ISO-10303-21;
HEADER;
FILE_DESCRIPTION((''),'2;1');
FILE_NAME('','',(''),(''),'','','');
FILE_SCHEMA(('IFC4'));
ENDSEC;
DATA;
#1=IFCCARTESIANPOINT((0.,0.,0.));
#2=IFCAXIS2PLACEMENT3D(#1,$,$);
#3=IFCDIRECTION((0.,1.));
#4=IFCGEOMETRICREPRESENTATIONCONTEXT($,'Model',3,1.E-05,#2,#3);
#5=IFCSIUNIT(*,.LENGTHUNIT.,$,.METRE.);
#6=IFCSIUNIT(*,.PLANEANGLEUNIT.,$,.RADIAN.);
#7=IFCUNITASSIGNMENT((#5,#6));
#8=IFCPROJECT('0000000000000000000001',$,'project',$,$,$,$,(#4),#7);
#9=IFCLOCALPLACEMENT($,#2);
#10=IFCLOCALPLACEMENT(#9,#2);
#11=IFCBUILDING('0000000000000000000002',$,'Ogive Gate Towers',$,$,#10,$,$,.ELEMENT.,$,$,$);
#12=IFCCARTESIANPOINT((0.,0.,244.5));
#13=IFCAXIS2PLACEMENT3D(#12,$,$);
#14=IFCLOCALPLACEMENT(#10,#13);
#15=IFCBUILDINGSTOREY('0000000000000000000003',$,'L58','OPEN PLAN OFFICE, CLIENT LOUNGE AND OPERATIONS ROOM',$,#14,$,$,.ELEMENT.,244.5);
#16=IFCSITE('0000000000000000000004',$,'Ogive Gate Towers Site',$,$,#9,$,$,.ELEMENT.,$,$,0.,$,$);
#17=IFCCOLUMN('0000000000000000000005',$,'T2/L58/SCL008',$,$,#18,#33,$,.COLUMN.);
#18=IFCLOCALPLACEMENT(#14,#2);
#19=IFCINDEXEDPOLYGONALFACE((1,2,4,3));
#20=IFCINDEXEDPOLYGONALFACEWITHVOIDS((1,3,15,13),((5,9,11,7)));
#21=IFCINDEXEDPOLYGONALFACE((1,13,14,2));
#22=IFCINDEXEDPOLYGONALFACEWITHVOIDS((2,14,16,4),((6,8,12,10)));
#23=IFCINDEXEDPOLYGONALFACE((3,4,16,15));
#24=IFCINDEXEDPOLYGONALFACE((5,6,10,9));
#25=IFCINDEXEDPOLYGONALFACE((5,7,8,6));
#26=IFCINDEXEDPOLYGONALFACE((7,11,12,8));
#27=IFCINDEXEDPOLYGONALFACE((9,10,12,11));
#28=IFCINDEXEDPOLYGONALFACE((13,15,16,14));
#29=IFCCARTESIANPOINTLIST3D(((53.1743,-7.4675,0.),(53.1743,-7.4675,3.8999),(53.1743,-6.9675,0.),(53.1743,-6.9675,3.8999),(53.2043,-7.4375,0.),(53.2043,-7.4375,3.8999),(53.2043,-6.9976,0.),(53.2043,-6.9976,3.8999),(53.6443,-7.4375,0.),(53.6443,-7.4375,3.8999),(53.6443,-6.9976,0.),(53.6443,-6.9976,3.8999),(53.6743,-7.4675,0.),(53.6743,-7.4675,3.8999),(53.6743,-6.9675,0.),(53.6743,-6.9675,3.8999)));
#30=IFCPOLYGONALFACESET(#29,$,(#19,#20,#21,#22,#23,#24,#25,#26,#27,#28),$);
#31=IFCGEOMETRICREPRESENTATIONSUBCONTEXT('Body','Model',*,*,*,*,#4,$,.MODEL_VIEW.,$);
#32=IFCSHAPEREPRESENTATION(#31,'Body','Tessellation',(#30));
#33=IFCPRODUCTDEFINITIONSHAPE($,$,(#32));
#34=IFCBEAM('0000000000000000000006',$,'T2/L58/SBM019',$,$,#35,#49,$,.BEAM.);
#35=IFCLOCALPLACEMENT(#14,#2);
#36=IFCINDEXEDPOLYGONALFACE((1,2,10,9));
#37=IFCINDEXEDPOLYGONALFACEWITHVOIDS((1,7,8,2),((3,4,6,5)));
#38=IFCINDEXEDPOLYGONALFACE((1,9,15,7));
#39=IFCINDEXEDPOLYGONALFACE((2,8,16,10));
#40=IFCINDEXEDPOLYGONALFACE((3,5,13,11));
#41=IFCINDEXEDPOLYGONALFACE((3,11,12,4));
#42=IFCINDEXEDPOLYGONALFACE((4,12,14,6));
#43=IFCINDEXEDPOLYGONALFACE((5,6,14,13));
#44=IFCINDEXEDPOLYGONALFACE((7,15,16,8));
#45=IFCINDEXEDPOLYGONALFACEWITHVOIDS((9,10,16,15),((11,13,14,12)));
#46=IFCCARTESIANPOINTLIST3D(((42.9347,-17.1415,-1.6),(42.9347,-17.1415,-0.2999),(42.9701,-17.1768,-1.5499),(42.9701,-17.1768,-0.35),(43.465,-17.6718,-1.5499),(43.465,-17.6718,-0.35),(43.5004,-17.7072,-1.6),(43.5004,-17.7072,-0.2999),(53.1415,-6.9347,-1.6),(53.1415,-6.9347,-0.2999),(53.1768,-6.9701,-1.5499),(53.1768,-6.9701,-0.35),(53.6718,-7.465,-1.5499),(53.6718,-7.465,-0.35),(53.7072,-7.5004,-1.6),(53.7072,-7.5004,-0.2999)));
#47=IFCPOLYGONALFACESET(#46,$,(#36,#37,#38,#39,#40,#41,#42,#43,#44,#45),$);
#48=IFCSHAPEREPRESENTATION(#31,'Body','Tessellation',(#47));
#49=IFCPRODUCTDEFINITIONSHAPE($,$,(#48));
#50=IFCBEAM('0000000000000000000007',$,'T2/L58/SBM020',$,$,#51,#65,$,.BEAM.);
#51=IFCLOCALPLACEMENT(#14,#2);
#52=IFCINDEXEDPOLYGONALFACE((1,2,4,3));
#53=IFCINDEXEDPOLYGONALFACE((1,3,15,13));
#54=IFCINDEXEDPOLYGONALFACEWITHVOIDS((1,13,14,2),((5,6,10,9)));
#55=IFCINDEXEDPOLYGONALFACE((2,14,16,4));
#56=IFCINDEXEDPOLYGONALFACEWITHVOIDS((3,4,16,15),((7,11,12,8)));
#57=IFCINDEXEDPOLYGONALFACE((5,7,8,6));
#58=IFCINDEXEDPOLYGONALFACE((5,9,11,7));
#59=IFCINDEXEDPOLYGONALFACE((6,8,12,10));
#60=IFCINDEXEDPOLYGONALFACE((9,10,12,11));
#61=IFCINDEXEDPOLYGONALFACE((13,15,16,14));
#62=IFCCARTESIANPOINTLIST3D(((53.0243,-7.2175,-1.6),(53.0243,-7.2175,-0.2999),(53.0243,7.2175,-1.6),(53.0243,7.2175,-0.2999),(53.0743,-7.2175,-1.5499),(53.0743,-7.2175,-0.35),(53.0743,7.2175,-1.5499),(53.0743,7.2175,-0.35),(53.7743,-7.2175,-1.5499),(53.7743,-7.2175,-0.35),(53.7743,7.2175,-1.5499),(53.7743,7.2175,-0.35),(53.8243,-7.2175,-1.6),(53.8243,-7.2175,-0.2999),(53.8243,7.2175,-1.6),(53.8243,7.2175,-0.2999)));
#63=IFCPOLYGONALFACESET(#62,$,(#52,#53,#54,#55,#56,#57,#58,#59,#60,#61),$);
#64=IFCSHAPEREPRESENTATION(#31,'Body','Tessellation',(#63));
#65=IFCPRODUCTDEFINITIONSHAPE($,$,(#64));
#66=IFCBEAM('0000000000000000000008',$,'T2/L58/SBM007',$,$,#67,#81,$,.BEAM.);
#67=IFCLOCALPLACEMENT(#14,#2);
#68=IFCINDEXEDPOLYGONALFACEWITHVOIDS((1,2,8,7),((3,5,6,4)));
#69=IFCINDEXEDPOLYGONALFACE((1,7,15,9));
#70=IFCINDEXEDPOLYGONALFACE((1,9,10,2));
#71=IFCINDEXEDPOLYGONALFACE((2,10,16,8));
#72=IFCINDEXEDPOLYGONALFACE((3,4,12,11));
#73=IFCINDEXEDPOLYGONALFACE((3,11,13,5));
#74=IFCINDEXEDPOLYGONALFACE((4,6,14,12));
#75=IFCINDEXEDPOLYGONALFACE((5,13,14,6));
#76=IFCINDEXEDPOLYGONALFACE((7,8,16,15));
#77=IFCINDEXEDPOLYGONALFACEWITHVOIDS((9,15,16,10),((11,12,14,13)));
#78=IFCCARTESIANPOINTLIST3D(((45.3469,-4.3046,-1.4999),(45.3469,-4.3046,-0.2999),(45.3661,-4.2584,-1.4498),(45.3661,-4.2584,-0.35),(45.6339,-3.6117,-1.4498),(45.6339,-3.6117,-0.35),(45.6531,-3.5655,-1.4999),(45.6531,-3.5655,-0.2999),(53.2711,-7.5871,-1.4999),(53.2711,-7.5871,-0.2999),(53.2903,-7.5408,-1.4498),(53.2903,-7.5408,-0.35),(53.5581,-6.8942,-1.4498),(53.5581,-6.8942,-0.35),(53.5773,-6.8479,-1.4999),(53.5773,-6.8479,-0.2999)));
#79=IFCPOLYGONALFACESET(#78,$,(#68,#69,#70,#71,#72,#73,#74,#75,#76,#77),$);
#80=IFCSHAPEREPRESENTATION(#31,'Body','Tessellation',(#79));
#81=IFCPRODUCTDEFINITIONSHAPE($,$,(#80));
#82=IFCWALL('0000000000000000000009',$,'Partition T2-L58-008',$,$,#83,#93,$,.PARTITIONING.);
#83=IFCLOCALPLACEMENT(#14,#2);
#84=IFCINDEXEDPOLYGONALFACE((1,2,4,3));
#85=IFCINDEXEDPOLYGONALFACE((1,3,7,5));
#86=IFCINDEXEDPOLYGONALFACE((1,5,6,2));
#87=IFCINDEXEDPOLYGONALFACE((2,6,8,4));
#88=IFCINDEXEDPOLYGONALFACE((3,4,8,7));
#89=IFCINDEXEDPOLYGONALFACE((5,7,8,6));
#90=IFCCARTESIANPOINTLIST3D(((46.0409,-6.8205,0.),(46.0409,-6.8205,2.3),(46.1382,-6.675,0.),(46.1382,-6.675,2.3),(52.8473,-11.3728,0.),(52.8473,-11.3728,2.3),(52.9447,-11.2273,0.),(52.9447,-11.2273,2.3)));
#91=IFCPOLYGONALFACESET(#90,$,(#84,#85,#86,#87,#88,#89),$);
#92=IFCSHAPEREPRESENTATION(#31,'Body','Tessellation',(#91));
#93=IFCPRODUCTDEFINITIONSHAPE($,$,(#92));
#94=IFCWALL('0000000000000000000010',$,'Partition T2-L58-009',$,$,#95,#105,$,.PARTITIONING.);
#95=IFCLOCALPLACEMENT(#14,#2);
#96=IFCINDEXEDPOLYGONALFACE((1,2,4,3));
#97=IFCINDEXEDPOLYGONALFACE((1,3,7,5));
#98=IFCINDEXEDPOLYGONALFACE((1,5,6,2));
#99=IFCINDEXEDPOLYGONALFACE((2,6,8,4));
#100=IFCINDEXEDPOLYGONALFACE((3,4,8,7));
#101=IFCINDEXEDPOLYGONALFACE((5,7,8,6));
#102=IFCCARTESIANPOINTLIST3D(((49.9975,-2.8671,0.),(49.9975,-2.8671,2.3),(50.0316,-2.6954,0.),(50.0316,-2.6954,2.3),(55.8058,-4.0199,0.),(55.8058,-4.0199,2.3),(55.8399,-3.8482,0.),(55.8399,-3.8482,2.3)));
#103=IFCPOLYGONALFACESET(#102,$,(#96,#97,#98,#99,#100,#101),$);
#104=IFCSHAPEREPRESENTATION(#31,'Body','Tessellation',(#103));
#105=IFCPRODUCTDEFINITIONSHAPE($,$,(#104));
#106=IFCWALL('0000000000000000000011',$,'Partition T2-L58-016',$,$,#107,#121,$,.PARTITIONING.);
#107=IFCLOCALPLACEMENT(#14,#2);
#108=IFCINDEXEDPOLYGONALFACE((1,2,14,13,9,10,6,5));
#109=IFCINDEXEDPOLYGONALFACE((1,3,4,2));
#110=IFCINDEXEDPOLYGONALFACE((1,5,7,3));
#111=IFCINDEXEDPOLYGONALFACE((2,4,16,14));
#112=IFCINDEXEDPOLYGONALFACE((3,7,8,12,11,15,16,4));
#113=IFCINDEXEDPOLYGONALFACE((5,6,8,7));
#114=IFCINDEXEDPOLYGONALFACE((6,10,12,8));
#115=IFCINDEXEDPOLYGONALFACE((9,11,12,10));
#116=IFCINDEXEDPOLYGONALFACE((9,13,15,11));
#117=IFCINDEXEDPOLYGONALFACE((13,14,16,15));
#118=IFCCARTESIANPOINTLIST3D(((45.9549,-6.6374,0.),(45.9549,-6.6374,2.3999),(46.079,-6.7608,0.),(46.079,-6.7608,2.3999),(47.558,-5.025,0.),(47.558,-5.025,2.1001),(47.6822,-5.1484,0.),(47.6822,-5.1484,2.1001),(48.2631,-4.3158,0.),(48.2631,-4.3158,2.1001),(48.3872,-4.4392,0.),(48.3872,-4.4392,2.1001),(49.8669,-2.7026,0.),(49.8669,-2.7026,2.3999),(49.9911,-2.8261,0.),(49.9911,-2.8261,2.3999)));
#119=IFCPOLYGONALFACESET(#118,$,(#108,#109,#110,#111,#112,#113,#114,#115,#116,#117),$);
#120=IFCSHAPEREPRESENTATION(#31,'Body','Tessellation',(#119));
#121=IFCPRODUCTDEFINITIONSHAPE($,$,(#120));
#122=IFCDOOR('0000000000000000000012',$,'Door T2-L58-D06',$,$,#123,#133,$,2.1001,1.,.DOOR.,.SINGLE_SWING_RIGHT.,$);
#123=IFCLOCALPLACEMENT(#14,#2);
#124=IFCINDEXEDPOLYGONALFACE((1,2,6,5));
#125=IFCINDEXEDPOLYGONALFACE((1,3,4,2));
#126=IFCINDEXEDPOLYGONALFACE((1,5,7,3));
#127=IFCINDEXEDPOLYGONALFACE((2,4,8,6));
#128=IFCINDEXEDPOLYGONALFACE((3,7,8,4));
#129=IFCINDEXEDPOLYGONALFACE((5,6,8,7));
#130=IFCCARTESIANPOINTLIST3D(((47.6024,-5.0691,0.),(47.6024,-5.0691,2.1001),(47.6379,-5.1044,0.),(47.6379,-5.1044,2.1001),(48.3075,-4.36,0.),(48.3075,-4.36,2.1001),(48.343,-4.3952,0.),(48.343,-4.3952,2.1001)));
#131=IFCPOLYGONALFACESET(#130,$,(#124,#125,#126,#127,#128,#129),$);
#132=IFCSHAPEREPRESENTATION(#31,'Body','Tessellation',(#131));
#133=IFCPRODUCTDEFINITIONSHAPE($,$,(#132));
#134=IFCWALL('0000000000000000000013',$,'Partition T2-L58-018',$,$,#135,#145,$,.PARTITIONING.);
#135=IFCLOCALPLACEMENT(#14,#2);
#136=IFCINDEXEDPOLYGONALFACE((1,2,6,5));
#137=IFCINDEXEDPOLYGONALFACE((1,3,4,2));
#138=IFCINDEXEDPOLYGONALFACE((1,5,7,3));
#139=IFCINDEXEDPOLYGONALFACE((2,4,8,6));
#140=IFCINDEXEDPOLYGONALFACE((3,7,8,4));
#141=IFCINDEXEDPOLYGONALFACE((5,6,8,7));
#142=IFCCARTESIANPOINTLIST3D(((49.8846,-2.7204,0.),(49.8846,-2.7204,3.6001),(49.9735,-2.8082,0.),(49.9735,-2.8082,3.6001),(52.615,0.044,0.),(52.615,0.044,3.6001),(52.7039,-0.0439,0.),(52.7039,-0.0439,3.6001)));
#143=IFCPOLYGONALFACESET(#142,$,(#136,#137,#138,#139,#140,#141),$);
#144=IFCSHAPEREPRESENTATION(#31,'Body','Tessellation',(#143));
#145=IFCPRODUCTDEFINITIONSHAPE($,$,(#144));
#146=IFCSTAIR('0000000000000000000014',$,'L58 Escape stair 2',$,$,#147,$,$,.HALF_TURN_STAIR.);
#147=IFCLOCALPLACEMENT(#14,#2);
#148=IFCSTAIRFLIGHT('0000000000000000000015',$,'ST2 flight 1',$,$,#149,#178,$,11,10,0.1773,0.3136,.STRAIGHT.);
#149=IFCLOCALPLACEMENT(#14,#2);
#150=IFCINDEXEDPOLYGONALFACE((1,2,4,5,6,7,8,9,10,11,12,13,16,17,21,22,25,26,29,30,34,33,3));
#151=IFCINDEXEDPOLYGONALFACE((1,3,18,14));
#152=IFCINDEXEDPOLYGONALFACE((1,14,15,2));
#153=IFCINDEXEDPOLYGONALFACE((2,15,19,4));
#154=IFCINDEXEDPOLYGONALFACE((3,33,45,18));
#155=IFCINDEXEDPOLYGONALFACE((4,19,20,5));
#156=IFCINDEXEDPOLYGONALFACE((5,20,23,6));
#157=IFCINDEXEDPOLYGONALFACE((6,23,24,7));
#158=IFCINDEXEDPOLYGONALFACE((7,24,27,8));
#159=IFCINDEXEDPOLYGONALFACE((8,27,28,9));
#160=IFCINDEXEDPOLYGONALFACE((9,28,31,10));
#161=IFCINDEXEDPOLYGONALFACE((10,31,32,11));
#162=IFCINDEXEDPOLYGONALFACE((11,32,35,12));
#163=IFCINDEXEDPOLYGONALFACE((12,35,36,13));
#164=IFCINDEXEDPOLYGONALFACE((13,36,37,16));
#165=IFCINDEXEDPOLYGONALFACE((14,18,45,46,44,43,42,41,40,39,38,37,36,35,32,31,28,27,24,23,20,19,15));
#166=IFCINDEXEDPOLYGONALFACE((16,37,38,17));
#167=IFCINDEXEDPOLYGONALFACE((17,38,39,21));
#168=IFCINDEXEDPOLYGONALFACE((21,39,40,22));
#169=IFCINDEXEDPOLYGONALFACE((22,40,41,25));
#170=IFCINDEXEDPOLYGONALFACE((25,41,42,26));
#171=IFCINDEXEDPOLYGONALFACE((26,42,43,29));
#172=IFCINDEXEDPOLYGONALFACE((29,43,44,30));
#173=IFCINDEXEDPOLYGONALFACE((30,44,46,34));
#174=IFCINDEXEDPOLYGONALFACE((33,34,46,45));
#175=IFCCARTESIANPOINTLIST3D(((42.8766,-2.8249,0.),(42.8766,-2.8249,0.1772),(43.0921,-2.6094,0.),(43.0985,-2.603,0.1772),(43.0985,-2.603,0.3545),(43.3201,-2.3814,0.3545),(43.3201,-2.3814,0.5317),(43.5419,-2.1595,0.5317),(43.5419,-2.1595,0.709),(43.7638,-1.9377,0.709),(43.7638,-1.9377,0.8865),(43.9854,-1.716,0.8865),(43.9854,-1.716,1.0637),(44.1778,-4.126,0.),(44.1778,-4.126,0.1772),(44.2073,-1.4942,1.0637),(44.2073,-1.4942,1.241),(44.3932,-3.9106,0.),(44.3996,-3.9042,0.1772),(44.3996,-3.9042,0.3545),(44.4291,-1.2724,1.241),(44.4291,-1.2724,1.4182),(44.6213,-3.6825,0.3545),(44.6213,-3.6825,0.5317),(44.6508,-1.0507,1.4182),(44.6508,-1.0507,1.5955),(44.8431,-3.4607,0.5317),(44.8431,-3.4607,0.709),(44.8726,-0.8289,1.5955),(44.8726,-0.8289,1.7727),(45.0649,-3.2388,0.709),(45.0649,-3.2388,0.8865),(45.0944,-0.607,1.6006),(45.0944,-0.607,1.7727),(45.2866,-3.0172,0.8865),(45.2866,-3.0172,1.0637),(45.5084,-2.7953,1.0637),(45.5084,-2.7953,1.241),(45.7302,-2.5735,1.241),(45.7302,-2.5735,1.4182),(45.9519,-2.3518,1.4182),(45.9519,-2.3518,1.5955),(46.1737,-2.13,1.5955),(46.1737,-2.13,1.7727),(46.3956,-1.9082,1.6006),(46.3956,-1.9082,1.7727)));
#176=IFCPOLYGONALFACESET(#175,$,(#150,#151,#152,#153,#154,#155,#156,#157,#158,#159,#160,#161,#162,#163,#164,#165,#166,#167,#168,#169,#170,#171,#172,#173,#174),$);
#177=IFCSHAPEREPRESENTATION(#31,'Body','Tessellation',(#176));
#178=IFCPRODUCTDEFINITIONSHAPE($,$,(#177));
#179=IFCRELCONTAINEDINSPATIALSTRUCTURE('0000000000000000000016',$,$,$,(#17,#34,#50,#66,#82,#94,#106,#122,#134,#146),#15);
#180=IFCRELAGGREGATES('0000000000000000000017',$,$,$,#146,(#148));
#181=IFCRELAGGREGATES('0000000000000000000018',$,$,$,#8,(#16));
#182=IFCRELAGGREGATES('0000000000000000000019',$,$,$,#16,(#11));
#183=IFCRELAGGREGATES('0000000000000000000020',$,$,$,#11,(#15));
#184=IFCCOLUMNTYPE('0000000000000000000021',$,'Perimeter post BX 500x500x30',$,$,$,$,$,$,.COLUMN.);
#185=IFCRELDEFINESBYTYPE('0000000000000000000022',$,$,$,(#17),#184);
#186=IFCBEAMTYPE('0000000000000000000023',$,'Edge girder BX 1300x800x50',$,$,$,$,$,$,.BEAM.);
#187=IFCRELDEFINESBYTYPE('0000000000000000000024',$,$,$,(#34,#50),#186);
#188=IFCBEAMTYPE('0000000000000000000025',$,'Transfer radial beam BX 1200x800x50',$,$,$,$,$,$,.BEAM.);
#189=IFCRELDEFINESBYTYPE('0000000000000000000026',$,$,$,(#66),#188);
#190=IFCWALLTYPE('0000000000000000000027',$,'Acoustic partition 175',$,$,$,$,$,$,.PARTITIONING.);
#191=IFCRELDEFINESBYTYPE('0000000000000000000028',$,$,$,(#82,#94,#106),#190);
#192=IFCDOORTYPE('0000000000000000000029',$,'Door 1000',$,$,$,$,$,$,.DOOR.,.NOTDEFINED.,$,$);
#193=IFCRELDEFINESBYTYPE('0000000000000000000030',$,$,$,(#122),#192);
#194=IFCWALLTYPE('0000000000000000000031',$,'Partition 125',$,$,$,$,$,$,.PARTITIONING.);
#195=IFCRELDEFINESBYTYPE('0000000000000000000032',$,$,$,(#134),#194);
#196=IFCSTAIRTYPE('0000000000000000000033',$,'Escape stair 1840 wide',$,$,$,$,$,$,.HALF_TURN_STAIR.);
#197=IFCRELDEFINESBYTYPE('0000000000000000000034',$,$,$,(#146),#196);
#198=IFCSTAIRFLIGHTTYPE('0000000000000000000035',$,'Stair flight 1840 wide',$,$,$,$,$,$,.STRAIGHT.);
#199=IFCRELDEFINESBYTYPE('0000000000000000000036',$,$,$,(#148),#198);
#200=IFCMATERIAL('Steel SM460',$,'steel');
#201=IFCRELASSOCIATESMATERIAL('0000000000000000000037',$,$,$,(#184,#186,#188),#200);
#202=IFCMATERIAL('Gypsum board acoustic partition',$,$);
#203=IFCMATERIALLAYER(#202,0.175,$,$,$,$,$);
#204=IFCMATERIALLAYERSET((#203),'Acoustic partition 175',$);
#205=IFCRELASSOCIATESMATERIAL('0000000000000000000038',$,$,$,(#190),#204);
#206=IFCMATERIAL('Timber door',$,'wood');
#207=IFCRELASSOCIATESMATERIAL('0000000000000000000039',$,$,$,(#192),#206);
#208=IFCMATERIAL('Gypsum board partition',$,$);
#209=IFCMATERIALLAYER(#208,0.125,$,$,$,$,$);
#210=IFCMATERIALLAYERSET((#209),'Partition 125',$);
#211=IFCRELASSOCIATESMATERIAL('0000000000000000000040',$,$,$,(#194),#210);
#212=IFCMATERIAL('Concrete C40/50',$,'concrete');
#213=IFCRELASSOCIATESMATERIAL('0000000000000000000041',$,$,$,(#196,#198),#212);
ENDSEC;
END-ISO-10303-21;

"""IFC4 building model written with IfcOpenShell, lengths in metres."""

from ifc_helpers import new_model, si_unit, direction, frame, frame_2d, origin, origin_2d, place, context, subcontext, project, spatial, polyline, rectangle, hollow_rectangle, outline, extrude, material, layer, layer_set, material_profile, profile_set, type_object, element, fill, aggregate, save


model = new_model("IFC4")

# Units and contexts
model_context = context("Model", 3, precision=1e-05, world=origin(), true_north=direction((0.0, 1.0)))
body_context = subcontext(model_context, "Body", "Model", "MODEL_VIEW")
ifc_project = project(units=[si_unit("LENGTHUNIT", "METRE"), si_unit("PLANEANGLEUNIT", "RADIAN")], contexts=[model_context])

# Site, building, storey
site_placement = place(None, origin())
site = spatial("IfcSite", under=ifc_project, at=site_placement, Name="Ogive Gate Towers Site", CompositionType="ELEMENT", RefElevation=0.0)
building_placement = place(site_placement, origin())
building = spatial("IfcBuilding", under=site, at=building_placement, Name="Ogive Gate Towers", CompositionType="ELEMENT")
storey_placement = place(building_placement, frame((0.0, 0.0, 244.5)))
storey = spatial("IfcBuildingStorey", under=building, at=storey_placement, Name="L58", Description="OPEN PLAN OFFICE, CLIENT LOUNGE AND OPERATIONS ROOM", CompositionType="ELEMENT", Elevation=244.5)

# Column
ifc_material_1 = material(Name="Steel SM460", Category="steel")
ifc_material_profile_1 = material_profile(ifc_material_1, hollow_rectangle(XDim=0.5, YDim=0.5, WallThickness=0.03, at=origin_2d()), Name="BX 500x500x30")
ifc_profile_set_1 = profile_set([ifc_material_profile_1], Name="Steel SM460")
column_type = type_object("IfcColumnType", Name="Perimeter post BX 500x500x30", PredefinedType="COLUMN", material=ifc_profile_set_1)
column_placement = place(storey_placement, frame((53.4243, -7.2175, 0.0), z_axis=(0.0, 0.0, 1.0), x_axis=(1.0, 0.0, 0.0)))
element("IfcColumn", 1, at=column_placement, inside=storey, type_object=column_type, Name="T2/L58/SCL008", PredefinedType="COLUMN", context=body_context, shape_type="SweptSolid", body=[
    extrude(hollow_rectangle(XDim=0.5, YDim=0.5, WallThickness=0.03, at=origin_2d()), origin(), (0.0, 0.0, 1.0), 3.8999),
])

# Beams
ifc_material_profile_2 = material_profile(ifc_material_1, hollow_rectangle(XDim=0.8, YDim=1.3, WallThickness=0.05, at=origin_2d()), Name="BX 1300x800x50")
ifc_profile_set_2 = profile_set([ifc_material_profile_2], Name="Steel SM460")
beam_type_1 = type_object("IfcBeamType", Name="Edge girder BX 1300x800x50", PredefinedType="BEAM", material=ifc_profile_set_2)
beam_1_placement = place(storey_placement, frame((43.2175, -17.4243, -0.95), z_axis=(0.707107, 0.707107, 0.0), x_axis=(-0.707107, 0.707107, 0.0)))
element("IfcBeam", 2, at=beam_1_placement, inside=storey, type_object=beam_type_1, Name="T2/L58/SBM019", PredefinedType="BEAM", context=body_context, shape_type="SweptSolid", body=[
    extrude(hollow_rectangle(XDim=0.8, YDim=1.3, WallThickness=0.05, at=origin_2d()), origin(), (0.0, 0.0, 1.0), 14.4346),
])
beam_2_placement = place(storey_placement, frame((53.4243, -7.2175, -0.95), z_axis=(0.0, 1.0, 0.0), x_axis=(-1.0, 0.0, 0.0)))
element("IfcBeam", 3, at=beam_2_placement, inside=storey, type_object=beam_type_1, Name="T2/L58/SBM020", PredefinedType="BEAM", context=body_context, shape_type="SweptSolid", body=[
    extrude(hollow_rectangle(XDim=0.8, YDim=1.3, WallThickness=0.05, at=origin_2d()), origin(), (0.0, 0.0, 1.0), 14.4351),
])
ifc_material_profile_3 = material_profile(ifc_material_1, hollow_rectangle(XDim=0.8, YDim=1.2, WallThickness=0.05, at=origin_2d()), Name="BX 1200x800x50")
ifc_profile_set_3 = profile_set([ifc_material_profile_3], Name="Steel SM460")
beam_type_2 = type_object("IfcBeamType", Name="Transfer radial beam BX 1200x800x50", PredefinedType="BEAM", material=ifc_profile_set_3)
beam_3_placement = place(storey_placement, frame((45.5, -3.9351, -0.8999), z_axis=(0.923875, -0.382695, 0.0), x_axis=(0.382695, 0.923875, 0.0)))
element("IfcBeam", 4, at=beam_3_placement, inside=storey, type_object=beam_type_2, Name="T2/L58/SBM007", PredefinedType="BEAM", context=body_context, shape_type="SweptSolid", body=[
    extrude(hollow_rectangle(XDim=0.8, YDim=1.2, WallThickness=0.05, at=origin_2d()), origin(), (0.0, 0.0, 1.0), 8.5771),
])

# Walls
ifc_material_2 = material(Name="Gypsum board acoustic partition")
ifc_layer_1 = layer(ifc_material_2, 0.175)
ifc_layer_set_1 = layer_set([ifc_layer_1], Name="Acoustic partition 175")
wall_type_1 = type_object("IfcWallType", Name="Acoustic partition 175", PredefinedType="PARTITIONING", material=ifc_layer_set_1)
wall_1_placement = place(storey_placement, frame((52.896, -11.3, 0.0), z_axis=(0.0, 0.0, 1.0), x_axis=(-0.831224, 0.555938, 0.0)))
element("IfcWall", 5, at=wall_1_placement, inside=storey, type_object=wall_type_1, Name="Partition T2-L58-008", PredefinedType="PARTITIONING", context=body_context, shape_type="SweptSolid", body=[
    extrude(rectangle(XDim=8.1885, YDim=0.175, at=frame_2d((4.0942, 0.0))), origin(), (0.0, 0.0, 1.0), 2.3),
])
wall_2_placement = place(storey_placement, frame((55.823, -3.9341, 0.0), z_axis=(0.0, 0.0, 1.0), x_axis=(-0.980867, 0.194681, 0.0)))
element("IfcWall", 6, at=wall_2_placement, inside=storey, type_object=wall_type_1, Name="Partition T2-L58-009", PredefinedType="PARTITIONING", context=body_context, shape_type="SweptSolid", body=[
    extrude(rectangle(XDim=5.9216, YDim=0.175, at=frame_2d((2.9609, 0.0))), origin(), (0.0, 0.0, 1.0), 2.3),
])

# Wall, opening, door
wall_3_placement = place(storey_placement, frame((46.0168, -6.6992, 0.0), z_axis=(0.0, 0.0, 1.0), x_axis=(0.705058, 0.70915, 0.0)))
wall_3 = element("IfcWall", 7, at=wall_3_placement, inside=storey, type_object=wall_type_1, Name="Partition T2-L58-016", PredefinedType="PARTITIONING", context=body_context, shape_type="SweptSolid", body=[
    extrude(rectangle(XDim=5.5486, YDim=0.175, at=frame_2d((2.7744, 0.0))), origin(), (0.0, 0.0, 1.0), 2.3999),
])
opening_placement = place(wall_3_placement, frame((2.2739, 0.0, 0.0)))
opening = element("IfcOpeningElement", 8, at=opening_placement, cuts=wall_3, PredefinedType="OPENING", context=body_context, shape_type="SweptSolid", body=[
    extrude(rectangle(XDim=1.0, YDim=2.1001, at=frame_2d((0.5, 1.05))), frame((0.0, 0.0977, 0.0), z_axis=(0.0, -1.0, 0.0), x_axis=(1.0, 0.0, 0.0)), (0.0, 0.0, 1.0), 0.1951),
])
ifc_material_3 = material(Name="Timber door", Category="wood")
door_type = type_object("IfcDoorType", Name="Door 1000", OperationType="NOTDEFINED", PredefinedType="DOOR", material=ifc_material_3)
door_placement = place(opening_placement, origin())
door = element("IfcDoor", 9, at=door_placement, inside=storey, type_object=door_type, Name="Door T2-L58-D06", OperationType="SINGLE_SWING_RIGHT", OverallHeight=2.1001, OverallWidth=1.0, PredefinedType="DOOR", context=body_context, shape_type="SweptSolid", body=[
    extrude(rectangle(XDim=1.0, YDim=2.1001, at=frame_2d((0.5, 1.05))), frame((0.0, 0.0249, 0.0), z_axis=(0.0, -1.0, 0.0), x_axis=(1.0, 0.0, 0.0)), (0.0, 0.0, 1.0), 0.05),
])
fill(opening, door)

# Wall
ifc_material_4 = material(Name="Gypsum board partition")
ifc_layer_2 = layer(ifc_material_4, 0.125)
ifc_layer_set_2 = layer_set([ifc_layer_2], Name="Partition 125")
wall_type_2 = type_object("IfcWallType", Name="Partition 125", PredefinedType="PARTITIONING", material=ifc_layer_set_2)
wall_4_placement = place(storey_placement, frame((49.929, -2.7644, 0.0), z_axis=(0.0, 0.0, 1.0), x_axis=(0.702726, 0.71146, 0.0)))
element("IfcWall", 10, at=wall_4_placement, inside=storey, type_object=wall_type_2, Name="Partition T2-L58-018", PredefinedType="PARTITIONING", context=body_context, shape_type="SweptSolid", body=[
    extrude(rectangle(XDim=3.8855, YDim=0.125, at=frame_2d((1.9429, 0.0))), origin(), (0.0, 0.0, 1.0), 3.6001),
])

# Stair, stair flight
ifc_material_5 = material(Name="Concrete C40/50", Category="concrete")
stair_type = type_object("IfcStairType", Name="Escape stair 1840 wide", PredefinedType="HALF_TURN_STAIR", material=ifc_material_5)
stair_placement = place(storey_placement, origin())
stair = element("IfcStair", 11, at=stair_placement, inside=storey, type_object=stair_type, Name="L58 Escape stair 2", PredefinedType="HALF_TURN_STAIR")
stair_flight_type = type_object("IfcStairFlightType", Name="Stair flight 1840 wide", PredefinedType="STRAIGHT", material=ifc_material_5)
stair_flight_placement = place(storey_placement, frame((43.5271, -3.4753, 0.0), z_axis=(0.0, 0.0, 1.0), x_axis=(0.707107, 0.707107, 0.0)))
stair_flight = element("IfcStairFlight", 12, at=stair_flight_placement, type_object=stair_flight_type, Name="ST2 flight 1", NumberOfRisers=11, NumberOfTreads=10, PredefinedType="STRAIGHT", RiserHeight=0.1773, TreadLength=0.3136, context=body_context, shape_type="SweptSolid", body=[
    extrude(outline(polyline([(0.0, 0.0), (0.0, 0.1772), (0.3137, 0.1772), (0.3137, 0.3545), (0.6272, 0.3545), (0.6272, 0.5317), (0.9409, 0.5317), (0.9409, 0.709), (1.2546, 0.709), (1.2546, 0.8865), (1.5681, 0.8865), (1.5681, 1.0637), (1.8818, 1.0637), (1.8818, 1.241), (2.1956, 1.241), (2.1956, 1.4182), (2.509, 1.4182), (2.509, 1.5955), (2.8228, 1.5955), (2.8228, 1.7727), (3.1365, 1.7727), (3.1365, 1.95), (3.1365, 1.6006), (0.3047, 0.0), (0.0, 0.0)])), frame((0.0, 0.9199, 0.0), z_axis=(0.0, -1.0, 0.0), x_axis=(1.0, 0.0, 0.0)), (0.0, 0.0, 1.0), 1.8401),
])
aggregate(stair, [stair_flight])

save(model, "model.ifc")
